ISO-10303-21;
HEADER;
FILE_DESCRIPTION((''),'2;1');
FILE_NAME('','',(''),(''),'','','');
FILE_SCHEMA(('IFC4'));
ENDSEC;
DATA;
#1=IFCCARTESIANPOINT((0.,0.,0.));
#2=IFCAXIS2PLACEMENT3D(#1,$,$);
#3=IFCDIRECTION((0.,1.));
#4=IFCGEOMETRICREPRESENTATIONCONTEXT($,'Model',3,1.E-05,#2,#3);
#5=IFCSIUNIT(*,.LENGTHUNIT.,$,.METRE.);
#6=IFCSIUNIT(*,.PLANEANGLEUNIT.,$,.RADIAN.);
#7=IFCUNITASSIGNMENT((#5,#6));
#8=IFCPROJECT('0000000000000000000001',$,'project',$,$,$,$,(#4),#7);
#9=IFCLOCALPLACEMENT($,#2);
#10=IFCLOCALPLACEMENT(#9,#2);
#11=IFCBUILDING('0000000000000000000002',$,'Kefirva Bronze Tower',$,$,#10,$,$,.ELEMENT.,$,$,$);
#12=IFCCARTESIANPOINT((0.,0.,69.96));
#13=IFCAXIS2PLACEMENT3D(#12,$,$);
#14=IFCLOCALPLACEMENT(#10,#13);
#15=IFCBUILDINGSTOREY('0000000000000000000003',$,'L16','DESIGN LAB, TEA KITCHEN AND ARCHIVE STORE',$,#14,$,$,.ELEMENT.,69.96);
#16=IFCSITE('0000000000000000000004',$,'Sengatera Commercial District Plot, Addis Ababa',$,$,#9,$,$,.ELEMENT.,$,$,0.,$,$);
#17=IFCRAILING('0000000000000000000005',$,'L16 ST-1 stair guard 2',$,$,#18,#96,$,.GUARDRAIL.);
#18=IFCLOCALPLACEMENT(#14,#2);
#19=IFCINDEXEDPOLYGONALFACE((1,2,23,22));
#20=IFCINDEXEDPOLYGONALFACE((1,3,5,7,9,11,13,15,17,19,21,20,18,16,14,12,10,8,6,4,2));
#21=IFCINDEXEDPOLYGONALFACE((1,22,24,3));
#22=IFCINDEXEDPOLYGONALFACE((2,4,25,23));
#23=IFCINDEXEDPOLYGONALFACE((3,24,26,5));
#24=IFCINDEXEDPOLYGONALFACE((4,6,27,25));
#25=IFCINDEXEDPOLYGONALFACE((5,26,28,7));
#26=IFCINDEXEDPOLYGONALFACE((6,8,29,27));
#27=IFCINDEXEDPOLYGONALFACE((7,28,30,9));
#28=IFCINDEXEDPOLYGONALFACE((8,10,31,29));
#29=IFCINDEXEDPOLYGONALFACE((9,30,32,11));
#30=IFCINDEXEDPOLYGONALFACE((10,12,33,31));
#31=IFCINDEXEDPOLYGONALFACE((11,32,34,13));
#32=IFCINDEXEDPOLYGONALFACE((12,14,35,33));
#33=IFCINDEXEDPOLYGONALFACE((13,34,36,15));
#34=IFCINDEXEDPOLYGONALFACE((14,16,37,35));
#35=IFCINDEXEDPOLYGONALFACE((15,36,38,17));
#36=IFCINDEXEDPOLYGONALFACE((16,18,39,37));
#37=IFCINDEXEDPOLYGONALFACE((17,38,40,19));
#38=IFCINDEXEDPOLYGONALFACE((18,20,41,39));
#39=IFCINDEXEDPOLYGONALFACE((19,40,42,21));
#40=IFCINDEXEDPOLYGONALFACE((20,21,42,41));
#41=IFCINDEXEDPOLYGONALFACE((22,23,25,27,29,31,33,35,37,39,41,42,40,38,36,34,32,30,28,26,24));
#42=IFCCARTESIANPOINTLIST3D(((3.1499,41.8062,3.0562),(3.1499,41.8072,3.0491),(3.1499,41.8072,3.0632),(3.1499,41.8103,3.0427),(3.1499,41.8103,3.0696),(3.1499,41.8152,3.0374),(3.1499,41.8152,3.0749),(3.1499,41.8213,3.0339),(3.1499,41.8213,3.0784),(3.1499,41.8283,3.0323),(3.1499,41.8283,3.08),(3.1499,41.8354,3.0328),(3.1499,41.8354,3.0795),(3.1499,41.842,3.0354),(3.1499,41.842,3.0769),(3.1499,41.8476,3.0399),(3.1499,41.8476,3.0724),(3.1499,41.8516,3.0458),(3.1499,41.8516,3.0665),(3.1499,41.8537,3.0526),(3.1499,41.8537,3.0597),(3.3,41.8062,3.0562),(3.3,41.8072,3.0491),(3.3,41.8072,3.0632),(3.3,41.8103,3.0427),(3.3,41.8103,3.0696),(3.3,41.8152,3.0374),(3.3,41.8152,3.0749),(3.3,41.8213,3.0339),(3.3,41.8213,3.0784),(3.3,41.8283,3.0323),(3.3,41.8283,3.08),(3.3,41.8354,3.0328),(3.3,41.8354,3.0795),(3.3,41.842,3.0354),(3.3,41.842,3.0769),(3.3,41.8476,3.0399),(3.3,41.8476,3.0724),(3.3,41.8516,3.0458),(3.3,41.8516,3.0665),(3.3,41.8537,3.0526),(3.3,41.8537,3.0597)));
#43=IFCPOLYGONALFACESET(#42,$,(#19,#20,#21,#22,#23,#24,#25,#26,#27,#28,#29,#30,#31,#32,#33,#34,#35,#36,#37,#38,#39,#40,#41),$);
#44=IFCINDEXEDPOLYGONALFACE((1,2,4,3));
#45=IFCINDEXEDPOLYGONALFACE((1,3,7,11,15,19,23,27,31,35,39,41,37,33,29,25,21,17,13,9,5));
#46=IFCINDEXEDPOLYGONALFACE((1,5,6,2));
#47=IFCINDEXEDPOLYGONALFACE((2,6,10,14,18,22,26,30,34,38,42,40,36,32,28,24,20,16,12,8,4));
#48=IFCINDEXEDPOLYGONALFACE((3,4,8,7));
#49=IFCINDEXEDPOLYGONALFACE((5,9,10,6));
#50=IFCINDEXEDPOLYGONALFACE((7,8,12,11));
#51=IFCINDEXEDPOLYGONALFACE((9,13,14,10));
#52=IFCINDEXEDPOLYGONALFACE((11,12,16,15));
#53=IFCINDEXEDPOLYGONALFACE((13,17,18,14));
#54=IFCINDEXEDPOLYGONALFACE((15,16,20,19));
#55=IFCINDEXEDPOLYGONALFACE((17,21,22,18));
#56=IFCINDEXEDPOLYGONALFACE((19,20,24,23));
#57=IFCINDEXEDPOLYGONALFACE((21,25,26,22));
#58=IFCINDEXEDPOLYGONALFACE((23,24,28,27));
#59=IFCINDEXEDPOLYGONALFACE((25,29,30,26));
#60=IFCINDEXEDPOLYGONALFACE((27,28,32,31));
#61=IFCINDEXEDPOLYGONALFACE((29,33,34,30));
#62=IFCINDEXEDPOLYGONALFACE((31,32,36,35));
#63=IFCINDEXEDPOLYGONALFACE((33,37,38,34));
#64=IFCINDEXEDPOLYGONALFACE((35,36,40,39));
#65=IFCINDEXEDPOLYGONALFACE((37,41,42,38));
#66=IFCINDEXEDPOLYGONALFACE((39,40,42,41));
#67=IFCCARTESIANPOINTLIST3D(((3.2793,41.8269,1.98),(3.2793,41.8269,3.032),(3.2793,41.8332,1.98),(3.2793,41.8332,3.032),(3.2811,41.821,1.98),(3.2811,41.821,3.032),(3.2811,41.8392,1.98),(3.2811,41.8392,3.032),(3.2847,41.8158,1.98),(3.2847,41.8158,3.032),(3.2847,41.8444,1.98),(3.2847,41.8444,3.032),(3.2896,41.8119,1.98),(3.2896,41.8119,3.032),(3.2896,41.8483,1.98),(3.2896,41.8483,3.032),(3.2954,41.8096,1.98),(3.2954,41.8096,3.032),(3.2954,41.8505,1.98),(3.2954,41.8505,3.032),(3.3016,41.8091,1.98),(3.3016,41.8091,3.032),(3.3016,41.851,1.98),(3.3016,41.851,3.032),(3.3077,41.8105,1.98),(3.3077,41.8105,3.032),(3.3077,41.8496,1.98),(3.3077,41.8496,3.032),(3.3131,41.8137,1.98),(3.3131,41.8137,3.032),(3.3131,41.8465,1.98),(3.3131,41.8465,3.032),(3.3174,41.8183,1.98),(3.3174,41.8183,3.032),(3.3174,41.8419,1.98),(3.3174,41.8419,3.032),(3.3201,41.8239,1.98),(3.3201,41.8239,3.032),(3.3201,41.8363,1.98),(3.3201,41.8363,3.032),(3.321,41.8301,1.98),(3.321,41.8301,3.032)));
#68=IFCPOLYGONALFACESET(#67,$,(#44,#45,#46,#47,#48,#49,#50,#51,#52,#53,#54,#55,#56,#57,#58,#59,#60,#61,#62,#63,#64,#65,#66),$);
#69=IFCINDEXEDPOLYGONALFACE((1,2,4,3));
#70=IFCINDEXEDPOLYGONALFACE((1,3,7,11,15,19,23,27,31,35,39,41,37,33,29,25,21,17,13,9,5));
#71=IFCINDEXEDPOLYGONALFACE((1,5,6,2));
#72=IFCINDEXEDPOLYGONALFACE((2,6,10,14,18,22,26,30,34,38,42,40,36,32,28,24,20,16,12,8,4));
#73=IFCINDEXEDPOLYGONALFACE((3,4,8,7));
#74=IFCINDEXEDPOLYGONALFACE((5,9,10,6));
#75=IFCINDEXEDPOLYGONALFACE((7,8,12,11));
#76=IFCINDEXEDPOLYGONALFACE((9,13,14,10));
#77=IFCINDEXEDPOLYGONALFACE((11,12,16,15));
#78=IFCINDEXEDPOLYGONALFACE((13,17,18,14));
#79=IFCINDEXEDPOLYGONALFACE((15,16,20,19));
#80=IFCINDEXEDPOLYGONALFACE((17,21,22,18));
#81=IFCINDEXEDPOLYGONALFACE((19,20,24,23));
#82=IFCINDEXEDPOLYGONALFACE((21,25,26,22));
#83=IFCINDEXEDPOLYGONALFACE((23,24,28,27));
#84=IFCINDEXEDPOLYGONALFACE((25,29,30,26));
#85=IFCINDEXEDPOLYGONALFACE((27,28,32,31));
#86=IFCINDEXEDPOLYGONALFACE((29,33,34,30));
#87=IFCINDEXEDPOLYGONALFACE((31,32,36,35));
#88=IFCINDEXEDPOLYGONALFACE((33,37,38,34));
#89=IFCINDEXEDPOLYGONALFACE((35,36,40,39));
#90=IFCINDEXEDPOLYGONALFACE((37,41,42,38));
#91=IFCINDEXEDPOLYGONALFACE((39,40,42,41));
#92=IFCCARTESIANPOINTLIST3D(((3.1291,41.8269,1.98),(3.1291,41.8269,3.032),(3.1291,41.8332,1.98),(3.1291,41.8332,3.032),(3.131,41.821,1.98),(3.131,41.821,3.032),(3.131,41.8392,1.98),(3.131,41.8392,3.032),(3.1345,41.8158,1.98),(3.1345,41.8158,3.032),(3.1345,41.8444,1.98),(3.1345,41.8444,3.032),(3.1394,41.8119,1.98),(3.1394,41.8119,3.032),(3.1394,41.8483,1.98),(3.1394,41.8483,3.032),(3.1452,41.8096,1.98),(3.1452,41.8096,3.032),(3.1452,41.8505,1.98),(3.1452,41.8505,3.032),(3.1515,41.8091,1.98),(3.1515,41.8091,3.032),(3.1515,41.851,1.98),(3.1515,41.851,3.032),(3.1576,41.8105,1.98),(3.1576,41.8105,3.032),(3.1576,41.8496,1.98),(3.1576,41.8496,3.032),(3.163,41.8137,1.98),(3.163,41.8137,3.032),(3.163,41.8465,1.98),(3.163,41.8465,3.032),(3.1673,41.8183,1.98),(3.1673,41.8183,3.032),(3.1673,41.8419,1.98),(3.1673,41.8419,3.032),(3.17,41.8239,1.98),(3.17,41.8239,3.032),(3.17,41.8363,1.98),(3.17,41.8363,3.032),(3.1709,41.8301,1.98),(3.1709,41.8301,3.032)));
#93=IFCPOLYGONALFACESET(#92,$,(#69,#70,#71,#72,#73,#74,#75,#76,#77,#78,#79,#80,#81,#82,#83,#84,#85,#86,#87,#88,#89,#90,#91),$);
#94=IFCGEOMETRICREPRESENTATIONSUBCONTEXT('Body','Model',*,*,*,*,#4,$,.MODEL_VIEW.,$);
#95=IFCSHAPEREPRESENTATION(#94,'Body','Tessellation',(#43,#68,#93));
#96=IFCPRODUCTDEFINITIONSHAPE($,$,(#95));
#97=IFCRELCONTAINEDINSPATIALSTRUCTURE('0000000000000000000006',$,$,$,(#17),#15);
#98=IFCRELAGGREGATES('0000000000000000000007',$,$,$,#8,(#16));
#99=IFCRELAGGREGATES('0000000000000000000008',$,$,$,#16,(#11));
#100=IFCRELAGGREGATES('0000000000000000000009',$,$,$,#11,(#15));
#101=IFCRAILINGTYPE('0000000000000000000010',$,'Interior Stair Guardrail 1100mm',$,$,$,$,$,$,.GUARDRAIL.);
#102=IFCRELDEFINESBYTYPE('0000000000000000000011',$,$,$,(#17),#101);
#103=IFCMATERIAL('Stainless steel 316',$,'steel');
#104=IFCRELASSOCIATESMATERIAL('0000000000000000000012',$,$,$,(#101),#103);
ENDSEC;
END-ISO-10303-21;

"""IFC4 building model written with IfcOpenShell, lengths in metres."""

from ifc_helpers import new_model, si_unit, direction, frame, origin, origin_2d, place, context, subcontext, project, spatial, circle, extrude, material, type_object, element, save


model = new_model("IFC4")

# Units and contexts
model_context = context("Model", 3, precision=1e-05, world=origin(), true_north=direction((0.0, 1.0)))
body_context = subcontext(model_context, "Body", "Model", "MODEL_VIEW")
ifc_project = project(units=[si_unit("LENGTHUNIT", "METRE"), si_unit("PLANEANGLEUNIT", "RADIAN")], contexts=[model_context])

# Site, building, storey
site_placement = place(None, origin())
site = spatial("IfcSite", under=ifc_project, at=site_placement, Name="Sengatera Commercial District Plot, Addis Ababa", CompositionType="ELEMENT", RefElevation=0.0)
building_placement = place(site_placement, origin())
building = spatial("IfcBuilding", under=site, at=building_placement, Name="Kefirva Bronze Tower", CompositionType="ELEMENT")
storey_placement = place(building_placement, frame((0.0, 0.0, 69.96)))
storey = spatial("IfcBuildingStorey", under=building, at=storey_placement, Name="L16", Description="DESIGN LAB, TEA KITCHEN AND ARCHIVE STORE", CompositionType="ELEMENT", Elevation=69.96)

# Railing
ifc_material_1 = material(Name="Stainless steel 316", Category="steel")
railing_type_1 = type_object("IfcRailingType", Name="Interior Stair Guardrail 1100mm", PredefinedType="GUARDRAIL", material=ifc_material_1)
railing_1_placement = place(storey_placement, frame((3.3, 41.8301, 1.98)))
element("IfcRailing", 1, at=railing_1_placement, inside=storey, type_object=railing_type_1, Name="L16 ST-1 stair guard 2", PredefinedType="GUARDRAIL", context=body_context, shape_type="SweptSolid", body=[
    extrude(circle(Radius=0.0239, at=origin_2d()), frame((0.0, 0.0, 1.0762), z_axis=(-1.0, 0.0, 0.0), x_axis=(0.0, -1.0, 0.0)), (0.0, 0.0, 1.0), 0.1501),
    extrude(circle(Radius=0.021, at=origin_2d()), origin(), (0.0, 0.0, 1.0), 1.052),
    extrude(circle(Radius=0.021, at=origin_2d()), frame((-0.1501, 0.0, 0.0)), (0.0, 0.0, 1.0), 1.052),
])

save(model, "model.ifc")
